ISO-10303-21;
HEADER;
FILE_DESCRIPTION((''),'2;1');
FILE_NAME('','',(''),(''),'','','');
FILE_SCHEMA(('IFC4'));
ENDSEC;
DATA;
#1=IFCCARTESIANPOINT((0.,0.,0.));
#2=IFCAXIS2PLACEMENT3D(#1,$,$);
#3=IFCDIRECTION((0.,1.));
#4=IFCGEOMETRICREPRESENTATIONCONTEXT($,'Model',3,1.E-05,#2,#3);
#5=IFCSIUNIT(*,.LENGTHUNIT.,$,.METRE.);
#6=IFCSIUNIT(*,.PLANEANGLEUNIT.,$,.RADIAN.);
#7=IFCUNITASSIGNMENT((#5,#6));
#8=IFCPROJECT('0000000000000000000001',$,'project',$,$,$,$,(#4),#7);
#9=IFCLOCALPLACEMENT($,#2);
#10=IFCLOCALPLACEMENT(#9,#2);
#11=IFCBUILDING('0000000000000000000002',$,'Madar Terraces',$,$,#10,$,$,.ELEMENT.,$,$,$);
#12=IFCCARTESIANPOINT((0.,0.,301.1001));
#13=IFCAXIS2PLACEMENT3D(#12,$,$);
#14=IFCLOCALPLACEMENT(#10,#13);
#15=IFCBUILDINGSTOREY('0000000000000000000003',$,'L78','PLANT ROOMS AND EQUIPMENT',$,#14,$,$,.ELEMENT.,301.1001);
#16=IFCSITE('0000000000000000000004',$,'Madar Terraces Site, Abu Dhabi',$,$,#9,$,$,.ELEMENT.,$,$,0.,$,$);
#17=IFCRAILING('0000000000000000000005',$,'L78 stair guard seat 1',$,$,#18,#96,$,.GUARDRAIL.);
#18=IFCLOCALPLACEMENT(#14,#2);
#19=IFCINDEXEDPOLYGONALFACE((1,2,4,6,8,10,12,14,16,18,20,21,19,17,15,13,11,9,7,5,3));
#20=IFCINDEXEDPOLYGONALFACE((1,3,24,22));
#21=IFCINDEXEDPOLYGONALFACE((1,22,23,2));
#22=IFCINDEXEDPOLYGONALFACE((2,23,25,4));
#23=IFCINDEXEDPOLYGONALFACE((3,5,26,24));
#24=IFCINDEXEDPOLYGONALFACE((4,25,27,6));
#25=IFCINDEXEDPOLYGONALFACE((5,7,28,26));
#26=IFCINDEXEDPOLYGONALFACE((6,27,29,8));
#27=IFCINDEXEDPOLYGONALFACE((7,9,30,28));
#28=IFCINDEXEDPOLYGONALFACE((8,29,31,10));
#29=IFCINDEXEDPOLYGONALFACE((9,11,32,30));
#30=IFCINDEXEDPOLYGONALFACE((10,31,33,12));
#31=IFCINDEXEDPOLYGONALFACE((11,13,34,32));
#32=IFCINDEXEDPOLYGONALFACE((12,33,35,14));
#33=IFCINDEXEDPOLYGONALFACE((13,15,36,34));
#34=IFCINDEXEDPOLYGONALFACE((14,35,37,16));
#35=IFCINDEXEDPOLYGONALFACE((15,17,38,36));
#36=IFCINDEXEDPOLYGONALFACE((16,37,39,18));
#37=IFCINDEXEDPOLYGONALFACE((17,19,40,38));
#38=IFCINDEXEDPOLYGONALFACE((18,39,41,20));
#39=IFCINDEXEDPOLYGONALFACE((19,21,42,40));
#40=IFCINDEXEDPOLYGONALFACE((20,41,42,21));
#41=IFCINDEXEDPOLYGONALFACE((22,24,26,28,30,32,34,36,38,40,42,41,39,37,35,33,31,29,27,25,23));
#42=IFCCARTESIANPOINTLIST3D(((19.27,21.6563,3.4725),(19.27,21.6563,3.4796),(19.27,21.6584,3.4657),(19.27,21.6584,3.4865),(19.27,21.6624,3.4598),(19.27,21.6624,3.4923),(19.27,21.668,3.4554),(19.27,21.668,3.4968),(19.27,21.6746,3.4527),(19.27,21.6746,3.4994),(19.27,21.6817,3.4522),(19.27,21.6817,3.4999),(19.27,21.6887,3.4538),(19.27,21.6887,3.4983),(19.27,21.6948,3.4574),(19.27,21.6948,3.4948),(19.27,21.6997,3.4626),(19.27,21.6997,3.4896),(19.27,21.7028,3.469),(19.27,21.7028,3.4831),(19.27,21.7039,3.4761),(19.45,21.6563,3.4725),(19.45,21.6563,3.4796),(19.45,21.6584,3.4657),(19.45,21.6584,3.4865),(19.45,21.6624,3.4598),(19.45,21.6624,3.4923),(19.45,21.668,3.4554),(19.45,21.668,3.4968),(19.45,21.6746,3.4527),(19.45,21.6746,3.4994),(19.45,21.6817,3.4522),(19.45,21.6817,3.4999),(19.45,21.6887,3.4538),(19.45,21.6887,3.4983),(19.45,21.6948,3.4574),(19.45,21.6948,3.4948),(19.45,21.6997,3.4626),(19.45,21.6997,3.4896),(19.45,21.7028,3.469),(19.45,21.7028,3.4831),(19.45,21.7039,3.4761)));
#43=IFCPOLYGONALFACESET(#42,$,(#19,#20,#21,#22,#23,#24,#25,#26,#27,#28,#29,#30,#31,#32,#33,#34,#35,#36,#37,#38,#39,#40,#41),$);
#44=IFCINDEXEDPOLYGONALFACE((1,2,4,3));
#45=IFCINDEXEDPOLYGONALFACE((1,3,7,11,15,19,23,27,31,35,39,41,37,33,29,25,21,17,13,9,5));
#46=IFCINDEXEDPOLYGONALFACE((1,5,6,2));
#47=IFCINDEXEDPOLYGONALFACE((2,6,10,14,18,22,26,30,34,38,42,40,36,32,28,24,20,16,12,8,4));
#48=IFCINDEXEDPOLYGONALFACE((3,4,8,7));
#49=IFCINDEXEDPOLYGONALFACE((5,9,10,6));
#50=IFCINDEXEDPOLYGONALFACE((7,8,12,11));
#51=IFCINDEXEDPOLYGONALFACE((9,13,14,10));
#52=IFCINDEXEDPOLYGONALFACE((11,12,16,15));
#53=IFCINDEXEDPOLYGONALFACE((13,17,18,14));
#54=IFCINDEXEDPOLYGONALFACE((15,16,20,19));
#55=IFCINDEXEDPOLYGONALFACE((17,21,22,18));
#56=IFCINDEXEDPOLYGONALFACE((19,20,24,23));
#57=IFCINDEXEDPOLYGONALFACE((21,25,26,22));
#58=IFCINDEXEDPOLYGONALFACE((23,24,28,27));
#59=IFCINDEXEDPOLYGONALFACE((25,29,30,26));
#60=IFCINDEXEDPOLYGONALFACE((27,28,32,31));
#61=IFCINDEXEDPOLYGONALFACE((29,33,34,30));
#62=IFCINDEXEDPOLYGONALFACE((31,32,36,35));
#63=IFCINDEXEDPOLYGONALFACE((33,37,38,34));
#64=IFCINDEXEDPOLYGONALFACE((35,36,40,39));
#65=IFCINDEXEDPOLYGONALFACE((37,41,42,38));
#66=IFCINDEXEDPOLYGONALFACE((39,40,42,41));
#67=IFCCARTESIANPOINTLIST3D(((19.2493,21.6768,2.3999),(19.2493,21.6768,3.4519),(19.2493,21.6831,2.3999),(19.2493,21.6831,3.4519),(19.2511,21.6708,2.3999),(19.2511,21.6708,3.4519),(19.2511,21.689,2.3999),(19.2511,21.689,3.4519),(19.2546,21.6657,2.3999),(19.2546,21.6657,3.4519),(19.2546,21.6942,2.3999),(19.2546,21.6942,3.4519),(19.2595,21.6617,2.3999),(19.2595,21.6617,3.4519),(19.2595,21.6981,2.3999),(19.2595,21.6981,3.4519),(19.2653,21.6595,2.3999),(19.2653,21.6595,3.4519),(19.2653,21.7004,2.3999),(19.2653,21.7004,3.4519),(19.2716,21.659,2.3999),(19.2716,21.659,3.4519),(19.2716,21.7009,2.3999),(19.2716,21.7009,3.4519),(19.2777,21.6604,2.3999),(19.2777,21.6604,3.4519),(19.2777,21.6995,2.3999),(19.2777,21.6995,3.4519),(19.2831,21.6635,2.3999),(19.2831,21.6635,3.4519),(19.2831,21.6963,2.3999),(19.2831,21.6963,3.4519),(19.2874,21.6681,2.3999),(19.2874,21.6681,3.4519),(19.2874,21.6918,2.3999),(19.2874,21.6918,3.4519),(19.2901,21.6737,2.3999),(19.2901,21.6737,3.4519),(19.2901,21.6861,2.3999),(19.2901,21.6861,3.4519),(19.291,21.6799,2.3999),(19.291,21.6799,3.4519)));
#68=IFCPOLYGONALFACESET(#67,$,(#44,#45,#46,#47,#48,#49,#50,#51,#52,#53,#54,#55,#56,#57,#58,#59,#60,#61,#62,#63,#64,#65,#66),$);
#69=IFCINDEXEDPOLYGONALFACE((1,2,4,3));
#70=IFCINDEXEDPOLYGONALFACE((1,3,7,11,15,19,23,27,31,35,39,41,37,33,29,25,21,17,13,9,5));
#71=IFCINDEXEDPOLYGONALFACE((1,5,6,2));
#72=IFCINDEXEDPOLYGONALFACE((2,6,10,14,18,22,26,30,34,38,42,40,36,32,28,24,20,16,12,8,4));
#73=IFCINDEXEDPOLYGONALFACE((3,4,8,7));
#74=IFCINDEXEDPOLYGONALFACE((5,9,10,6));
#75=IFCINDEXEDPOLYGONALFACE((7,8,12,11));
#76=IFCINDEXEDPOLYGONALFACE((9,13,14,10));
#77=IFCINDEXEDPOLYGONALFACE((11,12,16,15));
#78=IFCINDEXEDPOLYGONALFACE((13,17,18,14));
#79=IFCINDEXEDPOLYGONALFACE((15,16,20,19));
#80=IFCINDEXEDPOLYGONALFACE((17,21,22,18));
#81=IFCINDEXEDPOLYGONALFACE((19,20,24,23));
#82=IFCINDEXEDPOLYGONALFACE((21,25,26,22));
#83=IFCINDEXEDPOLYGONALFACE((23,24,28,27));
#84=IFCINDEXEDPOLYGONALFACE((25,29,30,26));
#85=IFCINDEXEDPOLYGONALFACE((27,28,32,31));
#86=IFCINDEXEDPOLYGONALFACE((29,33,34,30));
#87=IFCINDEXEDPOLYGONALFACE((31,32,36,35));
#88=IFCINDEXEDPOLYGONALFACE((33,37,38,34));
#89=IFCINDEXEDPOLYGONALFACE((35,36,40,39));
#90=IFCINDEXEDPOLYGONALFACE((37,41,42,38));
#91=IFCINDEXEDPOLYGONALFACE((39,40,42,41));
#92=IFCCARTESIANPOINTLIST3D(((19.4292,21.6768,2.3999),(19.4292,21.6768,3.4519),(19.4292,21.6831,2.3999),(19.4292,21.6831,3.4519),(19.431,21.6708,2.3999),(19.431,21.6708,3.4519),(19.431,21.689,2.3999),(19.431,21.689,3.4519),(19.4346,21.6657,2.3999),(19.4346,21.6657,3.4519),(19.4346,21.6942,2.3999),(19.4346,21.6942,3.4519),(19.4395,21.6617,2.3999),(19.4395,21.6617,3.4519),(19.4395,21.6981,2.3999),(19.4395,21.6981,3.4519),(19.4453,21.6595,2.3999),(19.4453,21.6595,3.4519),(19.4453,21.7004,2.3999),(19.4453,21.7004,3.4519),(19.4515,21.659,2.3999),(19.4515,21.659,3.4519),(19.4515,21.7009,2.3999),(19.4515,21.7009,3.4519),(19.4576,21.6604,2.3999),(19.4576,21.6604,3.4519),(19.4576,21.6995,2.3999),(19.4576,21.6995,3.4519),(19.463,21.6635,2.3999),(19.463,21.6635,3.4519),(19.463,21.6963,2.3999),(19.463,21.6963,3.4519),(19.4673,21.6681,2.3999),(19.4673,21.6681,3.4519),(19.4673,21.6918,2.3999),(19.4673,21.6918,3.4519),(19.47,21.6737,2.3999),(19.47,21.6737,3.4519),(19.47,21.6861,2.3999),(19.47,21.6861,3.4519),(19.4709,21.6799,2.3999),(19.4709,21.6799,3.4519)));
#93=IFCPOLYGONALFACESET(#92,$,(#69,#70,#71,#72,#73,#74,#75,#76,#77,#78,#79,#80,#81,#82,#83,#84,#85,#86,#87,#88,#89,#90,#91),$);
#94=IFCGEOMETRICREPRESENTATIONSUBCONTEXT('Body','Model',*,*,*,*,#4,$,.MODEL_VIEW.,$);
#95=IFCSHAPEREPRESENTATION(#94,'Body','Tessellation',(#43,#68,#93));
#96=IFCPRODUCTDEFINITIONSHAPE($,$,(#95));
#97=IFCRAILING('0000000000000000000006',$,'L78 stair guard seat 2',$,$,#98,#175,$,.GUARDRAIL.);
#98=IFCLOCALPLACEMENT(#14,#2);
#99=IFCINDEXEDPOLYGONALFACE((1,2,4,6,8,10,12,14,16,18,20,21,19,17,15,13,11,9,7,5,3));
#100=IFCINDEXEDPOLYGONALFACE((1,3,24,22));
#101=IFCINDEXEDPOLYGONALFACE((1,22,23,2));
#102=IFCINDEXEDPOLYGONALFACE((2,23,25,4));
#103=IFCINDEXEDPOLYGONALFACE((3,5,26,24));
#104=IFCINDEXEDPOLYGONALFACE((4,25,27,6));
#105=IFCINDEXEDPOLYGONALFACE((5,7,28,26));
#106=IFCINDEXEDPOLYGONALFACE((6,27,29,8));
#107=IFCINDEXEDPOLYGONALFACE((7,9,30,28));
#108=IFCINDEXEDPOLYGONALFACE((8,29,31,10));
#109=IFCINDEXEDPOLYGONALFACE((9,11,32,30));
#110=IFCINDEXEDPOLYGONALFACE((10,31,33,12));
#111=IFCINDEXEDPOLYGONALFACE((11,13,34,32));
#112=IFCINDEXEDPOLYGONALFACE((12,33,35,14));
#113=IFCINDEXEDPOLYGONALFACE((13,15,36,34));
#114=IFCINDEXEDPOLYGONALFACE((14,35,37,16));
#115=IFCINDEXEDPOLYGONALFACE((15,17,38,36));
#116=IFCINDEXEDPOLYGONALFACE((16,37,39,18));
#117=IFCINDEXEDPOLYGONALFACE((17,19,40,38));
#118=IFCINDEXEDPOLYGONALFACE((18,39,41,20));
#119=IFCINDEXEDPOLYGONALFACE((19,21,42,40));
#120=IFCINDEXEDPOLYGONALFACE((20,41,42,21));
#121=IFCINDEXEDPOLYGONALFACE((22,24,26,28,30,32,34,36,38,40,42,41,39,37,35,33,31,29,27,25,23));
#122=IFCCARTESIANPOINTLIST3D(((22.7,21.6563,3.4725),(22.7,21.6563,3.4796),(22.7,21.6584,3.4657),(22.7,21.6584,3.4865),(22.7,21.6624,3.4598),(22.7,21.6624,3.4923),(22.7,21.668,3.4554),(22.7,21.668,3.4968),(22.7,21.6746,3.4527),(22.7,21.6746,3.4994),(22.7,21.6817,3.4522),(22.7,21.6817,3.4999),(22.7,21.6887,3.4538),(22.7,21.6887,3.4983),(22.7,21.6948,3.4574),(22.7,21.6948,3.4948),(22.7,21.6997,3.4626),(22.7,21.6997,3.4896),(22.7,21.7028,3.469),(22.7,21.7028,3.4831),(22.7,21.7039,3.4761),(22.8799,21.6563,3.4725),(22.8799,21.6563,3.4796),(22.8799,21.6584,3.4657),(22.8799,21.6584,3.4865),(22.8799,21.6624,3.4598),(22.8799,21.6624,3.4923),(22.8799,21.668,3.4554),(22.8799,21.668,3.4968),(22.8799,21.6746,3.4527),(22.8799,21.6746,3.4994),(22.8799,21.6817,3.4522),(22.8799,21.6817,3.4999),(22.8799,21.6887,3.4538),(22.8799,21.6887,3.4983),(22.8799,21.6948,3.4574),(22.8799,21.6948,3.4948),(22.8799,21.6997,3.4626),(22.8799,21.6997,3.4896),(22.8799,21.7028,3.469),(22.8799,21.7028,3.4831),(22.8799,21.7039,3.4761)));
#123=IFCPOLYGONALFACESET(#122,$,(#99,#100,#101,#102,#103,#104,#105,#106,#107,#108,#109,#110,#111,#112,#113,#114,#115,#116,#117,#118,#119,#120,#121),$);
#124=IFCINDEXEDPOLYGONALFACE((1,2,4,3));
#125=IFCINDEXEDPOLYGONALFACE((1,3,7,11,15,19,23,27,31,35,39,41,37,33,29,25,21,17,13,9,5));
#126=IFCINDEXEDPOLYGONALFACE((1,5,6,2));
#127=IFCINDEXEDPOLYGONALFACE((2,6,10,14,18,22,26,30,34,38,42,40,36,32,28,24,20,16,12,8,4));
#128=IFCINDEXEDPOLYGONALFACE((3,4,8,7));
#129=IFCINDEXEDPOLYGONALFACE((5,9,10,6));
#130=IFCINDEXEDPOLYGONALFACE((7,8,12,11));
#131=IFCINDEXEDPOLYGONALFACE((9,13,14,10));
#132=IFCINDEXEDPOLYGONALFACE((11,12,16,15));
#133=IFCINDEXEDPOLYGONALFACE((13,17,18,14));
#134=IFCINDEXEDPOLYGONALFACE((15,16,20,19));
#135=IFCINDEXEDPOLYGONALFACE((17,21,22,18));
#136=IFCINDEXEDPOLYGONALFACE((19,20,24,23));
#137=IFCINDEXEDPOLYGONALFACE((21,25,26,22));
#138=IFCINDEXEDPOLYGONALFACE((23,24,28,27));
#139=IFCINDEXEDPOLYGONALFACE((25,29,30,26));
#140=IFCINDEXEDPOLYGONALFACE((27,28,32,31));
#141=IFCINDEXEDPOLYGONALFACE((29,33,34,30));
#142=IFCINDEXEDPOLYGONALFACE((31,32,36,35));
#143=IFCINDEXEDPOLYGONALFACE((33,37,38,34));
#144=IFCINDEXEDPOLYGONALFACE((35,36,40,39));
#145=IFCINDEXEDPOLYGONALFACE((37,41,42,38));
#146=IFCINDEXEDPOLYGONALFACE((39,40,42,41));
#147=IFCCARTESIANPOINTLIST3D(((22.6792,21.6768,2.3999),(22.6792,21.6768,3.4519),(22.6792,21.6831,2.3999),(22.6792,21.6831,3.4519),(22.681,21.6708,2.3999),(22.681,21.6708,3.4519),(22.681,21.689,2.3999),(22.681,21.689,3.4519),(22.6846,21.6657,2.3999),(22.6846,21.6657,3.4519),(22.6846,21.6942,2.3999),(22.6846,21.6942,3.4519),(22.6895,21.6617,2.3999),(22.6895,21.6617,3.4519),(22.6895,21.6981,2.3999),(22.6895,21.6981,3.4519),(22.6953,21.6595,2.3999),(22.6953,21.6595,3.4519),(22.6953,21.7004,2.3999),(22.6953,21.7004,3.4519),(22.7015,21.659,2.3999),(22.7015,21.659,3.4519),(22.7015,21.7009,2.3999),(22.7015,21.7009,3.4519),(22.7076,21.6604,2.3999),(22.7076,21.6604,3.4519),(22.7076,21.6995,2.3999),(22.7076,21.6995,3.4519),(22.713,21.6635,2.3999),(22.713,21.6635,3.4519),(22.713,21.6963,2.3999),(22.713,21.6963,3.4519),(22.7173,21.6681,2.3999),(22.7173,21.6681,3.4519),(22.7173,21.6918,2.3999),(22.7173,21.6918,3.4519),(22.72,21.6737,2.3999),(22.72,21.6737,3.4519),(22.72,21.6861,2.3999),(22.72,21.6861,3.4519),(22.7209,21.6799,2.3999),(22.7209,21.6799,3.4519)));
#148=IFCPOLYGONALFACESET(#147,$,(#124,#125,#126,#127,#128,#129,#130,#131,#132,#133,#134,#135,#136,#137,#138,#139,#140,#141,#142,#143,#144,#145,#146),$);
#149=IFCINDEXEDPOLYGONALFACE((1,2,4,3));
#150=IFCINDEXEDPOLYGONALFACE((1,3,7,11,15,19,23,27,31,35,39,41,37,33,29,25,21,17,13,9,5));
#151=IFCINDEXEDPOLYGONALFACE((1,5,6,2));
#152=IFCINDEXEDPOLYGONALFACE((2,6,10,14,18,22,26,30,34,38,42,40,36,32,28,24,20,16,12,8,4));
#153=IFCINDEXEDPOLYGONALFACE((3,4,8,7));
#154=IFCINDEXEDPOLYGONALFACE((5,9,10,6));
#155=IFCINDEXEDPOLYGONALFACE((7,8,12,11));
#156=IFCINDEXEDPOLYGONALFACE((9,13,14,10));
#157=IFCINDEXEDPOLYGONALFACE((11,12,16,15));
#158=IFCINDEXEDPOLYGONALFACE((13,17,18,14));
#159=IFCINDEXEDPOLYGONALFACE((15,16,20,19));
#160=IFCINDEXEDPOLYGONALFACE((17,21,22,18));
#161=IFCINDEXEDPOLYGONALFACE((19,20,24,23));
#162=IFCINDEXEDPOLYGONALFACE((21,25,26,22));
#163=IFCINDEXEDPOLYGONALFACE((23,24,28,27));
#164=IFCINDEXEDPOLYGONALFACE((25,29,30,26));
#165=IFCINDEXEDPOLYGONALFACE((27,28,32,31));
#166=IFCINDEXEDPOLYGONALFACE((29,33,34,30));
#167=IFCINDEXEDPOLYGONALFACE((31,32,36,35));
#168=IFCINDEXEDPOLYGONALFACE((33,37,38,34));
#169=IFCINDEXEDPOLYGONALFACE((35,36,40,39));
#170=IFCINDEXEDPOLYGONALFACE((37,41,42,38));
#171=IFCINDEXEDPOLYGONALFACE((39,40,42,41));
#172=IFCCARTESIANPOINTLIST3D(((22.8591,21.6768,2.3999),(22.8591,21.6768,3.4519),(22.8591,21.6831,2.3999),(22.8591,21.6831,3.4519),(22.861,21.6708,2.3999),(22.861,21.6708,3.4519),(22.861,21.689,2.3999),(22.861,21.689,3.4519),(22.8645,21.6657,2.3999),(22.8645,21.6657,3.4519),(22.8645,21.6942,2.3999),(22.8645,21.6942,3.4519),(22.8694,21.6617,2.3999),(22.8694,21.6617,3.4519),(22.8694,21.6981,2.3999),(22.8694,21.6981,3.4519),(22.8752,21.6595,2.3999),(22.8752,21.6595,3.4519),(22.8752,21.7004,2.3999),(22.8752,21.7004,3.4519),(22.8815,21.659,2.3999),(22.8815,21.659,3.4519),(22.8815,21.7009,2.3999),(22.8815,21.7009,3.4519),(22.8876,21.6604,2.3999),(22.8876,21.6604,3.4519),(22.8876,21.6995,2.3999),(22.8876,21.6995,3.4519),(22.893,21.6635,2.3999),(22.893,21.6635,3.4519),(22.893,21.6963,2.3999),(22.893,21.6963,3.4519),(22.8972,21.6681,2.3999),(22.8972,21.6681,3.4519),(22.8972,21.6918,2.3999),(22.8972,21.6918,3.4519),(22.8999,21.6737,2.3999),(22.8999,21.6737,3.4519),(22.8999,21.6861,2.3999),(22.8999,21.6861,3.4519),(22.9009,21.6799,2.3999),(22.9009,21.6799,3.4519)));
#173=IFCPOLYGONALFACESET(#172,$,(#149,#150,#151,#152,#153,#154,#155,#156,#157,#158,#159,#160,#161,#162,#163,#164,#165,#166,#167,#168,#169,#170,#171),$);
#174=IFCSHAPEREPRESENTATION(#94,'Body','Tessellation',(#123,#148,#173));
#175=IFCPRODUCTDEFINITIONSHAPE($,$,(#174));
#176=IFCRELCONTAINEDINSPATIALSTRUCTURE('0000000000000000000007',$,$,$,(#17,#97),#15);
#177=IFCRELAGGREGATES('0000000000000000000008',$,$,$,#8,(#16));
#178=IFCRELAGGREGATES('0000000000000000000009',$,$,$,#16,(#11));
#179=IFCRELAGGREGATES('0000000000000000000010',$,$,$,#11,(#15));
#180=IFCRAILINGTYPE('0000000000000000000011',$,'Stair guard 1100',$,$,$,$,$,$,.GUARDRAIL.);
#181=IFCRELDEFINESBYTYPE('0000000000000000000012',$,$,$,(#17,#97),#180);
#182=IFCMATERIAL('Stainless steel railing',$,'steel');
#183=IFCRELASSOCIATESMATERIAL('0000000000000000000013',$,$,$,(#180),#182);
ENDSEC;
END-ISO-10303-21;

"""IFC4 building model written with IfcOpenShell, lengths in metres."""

from ifc_helpers import new_model, si_unit, direction, frame, origin, origin_2d, place, context, subcontext, project, spatial, circle, extrude, material, type_object, element, save


model = new_model("IFC4")

# Units and contexts
model_context = context("Model", 3, precision=1e-05, world=origin(), true_north=direction((0.0, 1.0)))
body_context = subcontext(model_context, "Body", "Model", "MODEL_VIEW")
ifc_project = project(units=[si_unit("LENGTHUNIT", "METRE"), si_unit("PLANEANGLEUNIT", "RADIAN")], contexts=[model_context])

# Site, building, storey
site_placement = place(None, origin())
site = spatial("IfcSite", under=ifc_project, at=site_placement, Name="Madar Terraces Site, Abu Dhabi", CompositionType="ELEMENT", RefElevation=0.0)
building_placement = place(site_placement, origin())
building = spatial("IfcBuilding", under=site, at=building_placement, Name="Madar Terraces", CompositionType="ELEMENT")
storey_placement = place(building_placement, frame((0.0, 0.0, 301.1001)))
storey = spatial("IfcBuildingStorey", under=building, at=storey_placement, Name="L78", Description="PLANT ROOMS AND EQUIPMENT", CompositionType="ELEMENT", Elevation=301.1001)

# Railings
ifc_material_1 = material(Name="Stainless steel railing", Category="steel")
railing_type = type_object("IfcRailingType", Name="Stair guard 1100", PredefinedType="GUARDRAIL", material=ifc_material_1)
for number, where, name in (
    (1, (19.27, 21.6799, 2.3999), "L78 stair guard seat 1"),
    (2, (22.7, 21.6799, 2.3999), "L78 stair guard seat 2"),
):
    element("IfcRailing", number, at=place(storey_placement, frame(where)), inside=storey, type_object=railing_type, Name=name, PredefinedType="GUARDRAIL", context=body_context, shape_type="SweptSolid", body=[
        extrude(circle(Radius=0.0239, at=origin_2d()), frame((0.0, 0.0, 1.0762), z_axis=(1.0, 0.0, 0.0), x_axis=(0.0, 1.0, 0.0)), (0.0, 0.0, 1.0), 0.1799),
        extrude(circle(Radius=0.021, at=origin_2d()), origin(), (0.0, 0.0, 1.0), 1.052),
        extrude(circle(Radius=0.021, at=origin_2d()), frame((0.1799, 0.0, 0.0)), (0.0, 0.0, 1.0), 1.052),
    ])

save(model, "model.ifc")
